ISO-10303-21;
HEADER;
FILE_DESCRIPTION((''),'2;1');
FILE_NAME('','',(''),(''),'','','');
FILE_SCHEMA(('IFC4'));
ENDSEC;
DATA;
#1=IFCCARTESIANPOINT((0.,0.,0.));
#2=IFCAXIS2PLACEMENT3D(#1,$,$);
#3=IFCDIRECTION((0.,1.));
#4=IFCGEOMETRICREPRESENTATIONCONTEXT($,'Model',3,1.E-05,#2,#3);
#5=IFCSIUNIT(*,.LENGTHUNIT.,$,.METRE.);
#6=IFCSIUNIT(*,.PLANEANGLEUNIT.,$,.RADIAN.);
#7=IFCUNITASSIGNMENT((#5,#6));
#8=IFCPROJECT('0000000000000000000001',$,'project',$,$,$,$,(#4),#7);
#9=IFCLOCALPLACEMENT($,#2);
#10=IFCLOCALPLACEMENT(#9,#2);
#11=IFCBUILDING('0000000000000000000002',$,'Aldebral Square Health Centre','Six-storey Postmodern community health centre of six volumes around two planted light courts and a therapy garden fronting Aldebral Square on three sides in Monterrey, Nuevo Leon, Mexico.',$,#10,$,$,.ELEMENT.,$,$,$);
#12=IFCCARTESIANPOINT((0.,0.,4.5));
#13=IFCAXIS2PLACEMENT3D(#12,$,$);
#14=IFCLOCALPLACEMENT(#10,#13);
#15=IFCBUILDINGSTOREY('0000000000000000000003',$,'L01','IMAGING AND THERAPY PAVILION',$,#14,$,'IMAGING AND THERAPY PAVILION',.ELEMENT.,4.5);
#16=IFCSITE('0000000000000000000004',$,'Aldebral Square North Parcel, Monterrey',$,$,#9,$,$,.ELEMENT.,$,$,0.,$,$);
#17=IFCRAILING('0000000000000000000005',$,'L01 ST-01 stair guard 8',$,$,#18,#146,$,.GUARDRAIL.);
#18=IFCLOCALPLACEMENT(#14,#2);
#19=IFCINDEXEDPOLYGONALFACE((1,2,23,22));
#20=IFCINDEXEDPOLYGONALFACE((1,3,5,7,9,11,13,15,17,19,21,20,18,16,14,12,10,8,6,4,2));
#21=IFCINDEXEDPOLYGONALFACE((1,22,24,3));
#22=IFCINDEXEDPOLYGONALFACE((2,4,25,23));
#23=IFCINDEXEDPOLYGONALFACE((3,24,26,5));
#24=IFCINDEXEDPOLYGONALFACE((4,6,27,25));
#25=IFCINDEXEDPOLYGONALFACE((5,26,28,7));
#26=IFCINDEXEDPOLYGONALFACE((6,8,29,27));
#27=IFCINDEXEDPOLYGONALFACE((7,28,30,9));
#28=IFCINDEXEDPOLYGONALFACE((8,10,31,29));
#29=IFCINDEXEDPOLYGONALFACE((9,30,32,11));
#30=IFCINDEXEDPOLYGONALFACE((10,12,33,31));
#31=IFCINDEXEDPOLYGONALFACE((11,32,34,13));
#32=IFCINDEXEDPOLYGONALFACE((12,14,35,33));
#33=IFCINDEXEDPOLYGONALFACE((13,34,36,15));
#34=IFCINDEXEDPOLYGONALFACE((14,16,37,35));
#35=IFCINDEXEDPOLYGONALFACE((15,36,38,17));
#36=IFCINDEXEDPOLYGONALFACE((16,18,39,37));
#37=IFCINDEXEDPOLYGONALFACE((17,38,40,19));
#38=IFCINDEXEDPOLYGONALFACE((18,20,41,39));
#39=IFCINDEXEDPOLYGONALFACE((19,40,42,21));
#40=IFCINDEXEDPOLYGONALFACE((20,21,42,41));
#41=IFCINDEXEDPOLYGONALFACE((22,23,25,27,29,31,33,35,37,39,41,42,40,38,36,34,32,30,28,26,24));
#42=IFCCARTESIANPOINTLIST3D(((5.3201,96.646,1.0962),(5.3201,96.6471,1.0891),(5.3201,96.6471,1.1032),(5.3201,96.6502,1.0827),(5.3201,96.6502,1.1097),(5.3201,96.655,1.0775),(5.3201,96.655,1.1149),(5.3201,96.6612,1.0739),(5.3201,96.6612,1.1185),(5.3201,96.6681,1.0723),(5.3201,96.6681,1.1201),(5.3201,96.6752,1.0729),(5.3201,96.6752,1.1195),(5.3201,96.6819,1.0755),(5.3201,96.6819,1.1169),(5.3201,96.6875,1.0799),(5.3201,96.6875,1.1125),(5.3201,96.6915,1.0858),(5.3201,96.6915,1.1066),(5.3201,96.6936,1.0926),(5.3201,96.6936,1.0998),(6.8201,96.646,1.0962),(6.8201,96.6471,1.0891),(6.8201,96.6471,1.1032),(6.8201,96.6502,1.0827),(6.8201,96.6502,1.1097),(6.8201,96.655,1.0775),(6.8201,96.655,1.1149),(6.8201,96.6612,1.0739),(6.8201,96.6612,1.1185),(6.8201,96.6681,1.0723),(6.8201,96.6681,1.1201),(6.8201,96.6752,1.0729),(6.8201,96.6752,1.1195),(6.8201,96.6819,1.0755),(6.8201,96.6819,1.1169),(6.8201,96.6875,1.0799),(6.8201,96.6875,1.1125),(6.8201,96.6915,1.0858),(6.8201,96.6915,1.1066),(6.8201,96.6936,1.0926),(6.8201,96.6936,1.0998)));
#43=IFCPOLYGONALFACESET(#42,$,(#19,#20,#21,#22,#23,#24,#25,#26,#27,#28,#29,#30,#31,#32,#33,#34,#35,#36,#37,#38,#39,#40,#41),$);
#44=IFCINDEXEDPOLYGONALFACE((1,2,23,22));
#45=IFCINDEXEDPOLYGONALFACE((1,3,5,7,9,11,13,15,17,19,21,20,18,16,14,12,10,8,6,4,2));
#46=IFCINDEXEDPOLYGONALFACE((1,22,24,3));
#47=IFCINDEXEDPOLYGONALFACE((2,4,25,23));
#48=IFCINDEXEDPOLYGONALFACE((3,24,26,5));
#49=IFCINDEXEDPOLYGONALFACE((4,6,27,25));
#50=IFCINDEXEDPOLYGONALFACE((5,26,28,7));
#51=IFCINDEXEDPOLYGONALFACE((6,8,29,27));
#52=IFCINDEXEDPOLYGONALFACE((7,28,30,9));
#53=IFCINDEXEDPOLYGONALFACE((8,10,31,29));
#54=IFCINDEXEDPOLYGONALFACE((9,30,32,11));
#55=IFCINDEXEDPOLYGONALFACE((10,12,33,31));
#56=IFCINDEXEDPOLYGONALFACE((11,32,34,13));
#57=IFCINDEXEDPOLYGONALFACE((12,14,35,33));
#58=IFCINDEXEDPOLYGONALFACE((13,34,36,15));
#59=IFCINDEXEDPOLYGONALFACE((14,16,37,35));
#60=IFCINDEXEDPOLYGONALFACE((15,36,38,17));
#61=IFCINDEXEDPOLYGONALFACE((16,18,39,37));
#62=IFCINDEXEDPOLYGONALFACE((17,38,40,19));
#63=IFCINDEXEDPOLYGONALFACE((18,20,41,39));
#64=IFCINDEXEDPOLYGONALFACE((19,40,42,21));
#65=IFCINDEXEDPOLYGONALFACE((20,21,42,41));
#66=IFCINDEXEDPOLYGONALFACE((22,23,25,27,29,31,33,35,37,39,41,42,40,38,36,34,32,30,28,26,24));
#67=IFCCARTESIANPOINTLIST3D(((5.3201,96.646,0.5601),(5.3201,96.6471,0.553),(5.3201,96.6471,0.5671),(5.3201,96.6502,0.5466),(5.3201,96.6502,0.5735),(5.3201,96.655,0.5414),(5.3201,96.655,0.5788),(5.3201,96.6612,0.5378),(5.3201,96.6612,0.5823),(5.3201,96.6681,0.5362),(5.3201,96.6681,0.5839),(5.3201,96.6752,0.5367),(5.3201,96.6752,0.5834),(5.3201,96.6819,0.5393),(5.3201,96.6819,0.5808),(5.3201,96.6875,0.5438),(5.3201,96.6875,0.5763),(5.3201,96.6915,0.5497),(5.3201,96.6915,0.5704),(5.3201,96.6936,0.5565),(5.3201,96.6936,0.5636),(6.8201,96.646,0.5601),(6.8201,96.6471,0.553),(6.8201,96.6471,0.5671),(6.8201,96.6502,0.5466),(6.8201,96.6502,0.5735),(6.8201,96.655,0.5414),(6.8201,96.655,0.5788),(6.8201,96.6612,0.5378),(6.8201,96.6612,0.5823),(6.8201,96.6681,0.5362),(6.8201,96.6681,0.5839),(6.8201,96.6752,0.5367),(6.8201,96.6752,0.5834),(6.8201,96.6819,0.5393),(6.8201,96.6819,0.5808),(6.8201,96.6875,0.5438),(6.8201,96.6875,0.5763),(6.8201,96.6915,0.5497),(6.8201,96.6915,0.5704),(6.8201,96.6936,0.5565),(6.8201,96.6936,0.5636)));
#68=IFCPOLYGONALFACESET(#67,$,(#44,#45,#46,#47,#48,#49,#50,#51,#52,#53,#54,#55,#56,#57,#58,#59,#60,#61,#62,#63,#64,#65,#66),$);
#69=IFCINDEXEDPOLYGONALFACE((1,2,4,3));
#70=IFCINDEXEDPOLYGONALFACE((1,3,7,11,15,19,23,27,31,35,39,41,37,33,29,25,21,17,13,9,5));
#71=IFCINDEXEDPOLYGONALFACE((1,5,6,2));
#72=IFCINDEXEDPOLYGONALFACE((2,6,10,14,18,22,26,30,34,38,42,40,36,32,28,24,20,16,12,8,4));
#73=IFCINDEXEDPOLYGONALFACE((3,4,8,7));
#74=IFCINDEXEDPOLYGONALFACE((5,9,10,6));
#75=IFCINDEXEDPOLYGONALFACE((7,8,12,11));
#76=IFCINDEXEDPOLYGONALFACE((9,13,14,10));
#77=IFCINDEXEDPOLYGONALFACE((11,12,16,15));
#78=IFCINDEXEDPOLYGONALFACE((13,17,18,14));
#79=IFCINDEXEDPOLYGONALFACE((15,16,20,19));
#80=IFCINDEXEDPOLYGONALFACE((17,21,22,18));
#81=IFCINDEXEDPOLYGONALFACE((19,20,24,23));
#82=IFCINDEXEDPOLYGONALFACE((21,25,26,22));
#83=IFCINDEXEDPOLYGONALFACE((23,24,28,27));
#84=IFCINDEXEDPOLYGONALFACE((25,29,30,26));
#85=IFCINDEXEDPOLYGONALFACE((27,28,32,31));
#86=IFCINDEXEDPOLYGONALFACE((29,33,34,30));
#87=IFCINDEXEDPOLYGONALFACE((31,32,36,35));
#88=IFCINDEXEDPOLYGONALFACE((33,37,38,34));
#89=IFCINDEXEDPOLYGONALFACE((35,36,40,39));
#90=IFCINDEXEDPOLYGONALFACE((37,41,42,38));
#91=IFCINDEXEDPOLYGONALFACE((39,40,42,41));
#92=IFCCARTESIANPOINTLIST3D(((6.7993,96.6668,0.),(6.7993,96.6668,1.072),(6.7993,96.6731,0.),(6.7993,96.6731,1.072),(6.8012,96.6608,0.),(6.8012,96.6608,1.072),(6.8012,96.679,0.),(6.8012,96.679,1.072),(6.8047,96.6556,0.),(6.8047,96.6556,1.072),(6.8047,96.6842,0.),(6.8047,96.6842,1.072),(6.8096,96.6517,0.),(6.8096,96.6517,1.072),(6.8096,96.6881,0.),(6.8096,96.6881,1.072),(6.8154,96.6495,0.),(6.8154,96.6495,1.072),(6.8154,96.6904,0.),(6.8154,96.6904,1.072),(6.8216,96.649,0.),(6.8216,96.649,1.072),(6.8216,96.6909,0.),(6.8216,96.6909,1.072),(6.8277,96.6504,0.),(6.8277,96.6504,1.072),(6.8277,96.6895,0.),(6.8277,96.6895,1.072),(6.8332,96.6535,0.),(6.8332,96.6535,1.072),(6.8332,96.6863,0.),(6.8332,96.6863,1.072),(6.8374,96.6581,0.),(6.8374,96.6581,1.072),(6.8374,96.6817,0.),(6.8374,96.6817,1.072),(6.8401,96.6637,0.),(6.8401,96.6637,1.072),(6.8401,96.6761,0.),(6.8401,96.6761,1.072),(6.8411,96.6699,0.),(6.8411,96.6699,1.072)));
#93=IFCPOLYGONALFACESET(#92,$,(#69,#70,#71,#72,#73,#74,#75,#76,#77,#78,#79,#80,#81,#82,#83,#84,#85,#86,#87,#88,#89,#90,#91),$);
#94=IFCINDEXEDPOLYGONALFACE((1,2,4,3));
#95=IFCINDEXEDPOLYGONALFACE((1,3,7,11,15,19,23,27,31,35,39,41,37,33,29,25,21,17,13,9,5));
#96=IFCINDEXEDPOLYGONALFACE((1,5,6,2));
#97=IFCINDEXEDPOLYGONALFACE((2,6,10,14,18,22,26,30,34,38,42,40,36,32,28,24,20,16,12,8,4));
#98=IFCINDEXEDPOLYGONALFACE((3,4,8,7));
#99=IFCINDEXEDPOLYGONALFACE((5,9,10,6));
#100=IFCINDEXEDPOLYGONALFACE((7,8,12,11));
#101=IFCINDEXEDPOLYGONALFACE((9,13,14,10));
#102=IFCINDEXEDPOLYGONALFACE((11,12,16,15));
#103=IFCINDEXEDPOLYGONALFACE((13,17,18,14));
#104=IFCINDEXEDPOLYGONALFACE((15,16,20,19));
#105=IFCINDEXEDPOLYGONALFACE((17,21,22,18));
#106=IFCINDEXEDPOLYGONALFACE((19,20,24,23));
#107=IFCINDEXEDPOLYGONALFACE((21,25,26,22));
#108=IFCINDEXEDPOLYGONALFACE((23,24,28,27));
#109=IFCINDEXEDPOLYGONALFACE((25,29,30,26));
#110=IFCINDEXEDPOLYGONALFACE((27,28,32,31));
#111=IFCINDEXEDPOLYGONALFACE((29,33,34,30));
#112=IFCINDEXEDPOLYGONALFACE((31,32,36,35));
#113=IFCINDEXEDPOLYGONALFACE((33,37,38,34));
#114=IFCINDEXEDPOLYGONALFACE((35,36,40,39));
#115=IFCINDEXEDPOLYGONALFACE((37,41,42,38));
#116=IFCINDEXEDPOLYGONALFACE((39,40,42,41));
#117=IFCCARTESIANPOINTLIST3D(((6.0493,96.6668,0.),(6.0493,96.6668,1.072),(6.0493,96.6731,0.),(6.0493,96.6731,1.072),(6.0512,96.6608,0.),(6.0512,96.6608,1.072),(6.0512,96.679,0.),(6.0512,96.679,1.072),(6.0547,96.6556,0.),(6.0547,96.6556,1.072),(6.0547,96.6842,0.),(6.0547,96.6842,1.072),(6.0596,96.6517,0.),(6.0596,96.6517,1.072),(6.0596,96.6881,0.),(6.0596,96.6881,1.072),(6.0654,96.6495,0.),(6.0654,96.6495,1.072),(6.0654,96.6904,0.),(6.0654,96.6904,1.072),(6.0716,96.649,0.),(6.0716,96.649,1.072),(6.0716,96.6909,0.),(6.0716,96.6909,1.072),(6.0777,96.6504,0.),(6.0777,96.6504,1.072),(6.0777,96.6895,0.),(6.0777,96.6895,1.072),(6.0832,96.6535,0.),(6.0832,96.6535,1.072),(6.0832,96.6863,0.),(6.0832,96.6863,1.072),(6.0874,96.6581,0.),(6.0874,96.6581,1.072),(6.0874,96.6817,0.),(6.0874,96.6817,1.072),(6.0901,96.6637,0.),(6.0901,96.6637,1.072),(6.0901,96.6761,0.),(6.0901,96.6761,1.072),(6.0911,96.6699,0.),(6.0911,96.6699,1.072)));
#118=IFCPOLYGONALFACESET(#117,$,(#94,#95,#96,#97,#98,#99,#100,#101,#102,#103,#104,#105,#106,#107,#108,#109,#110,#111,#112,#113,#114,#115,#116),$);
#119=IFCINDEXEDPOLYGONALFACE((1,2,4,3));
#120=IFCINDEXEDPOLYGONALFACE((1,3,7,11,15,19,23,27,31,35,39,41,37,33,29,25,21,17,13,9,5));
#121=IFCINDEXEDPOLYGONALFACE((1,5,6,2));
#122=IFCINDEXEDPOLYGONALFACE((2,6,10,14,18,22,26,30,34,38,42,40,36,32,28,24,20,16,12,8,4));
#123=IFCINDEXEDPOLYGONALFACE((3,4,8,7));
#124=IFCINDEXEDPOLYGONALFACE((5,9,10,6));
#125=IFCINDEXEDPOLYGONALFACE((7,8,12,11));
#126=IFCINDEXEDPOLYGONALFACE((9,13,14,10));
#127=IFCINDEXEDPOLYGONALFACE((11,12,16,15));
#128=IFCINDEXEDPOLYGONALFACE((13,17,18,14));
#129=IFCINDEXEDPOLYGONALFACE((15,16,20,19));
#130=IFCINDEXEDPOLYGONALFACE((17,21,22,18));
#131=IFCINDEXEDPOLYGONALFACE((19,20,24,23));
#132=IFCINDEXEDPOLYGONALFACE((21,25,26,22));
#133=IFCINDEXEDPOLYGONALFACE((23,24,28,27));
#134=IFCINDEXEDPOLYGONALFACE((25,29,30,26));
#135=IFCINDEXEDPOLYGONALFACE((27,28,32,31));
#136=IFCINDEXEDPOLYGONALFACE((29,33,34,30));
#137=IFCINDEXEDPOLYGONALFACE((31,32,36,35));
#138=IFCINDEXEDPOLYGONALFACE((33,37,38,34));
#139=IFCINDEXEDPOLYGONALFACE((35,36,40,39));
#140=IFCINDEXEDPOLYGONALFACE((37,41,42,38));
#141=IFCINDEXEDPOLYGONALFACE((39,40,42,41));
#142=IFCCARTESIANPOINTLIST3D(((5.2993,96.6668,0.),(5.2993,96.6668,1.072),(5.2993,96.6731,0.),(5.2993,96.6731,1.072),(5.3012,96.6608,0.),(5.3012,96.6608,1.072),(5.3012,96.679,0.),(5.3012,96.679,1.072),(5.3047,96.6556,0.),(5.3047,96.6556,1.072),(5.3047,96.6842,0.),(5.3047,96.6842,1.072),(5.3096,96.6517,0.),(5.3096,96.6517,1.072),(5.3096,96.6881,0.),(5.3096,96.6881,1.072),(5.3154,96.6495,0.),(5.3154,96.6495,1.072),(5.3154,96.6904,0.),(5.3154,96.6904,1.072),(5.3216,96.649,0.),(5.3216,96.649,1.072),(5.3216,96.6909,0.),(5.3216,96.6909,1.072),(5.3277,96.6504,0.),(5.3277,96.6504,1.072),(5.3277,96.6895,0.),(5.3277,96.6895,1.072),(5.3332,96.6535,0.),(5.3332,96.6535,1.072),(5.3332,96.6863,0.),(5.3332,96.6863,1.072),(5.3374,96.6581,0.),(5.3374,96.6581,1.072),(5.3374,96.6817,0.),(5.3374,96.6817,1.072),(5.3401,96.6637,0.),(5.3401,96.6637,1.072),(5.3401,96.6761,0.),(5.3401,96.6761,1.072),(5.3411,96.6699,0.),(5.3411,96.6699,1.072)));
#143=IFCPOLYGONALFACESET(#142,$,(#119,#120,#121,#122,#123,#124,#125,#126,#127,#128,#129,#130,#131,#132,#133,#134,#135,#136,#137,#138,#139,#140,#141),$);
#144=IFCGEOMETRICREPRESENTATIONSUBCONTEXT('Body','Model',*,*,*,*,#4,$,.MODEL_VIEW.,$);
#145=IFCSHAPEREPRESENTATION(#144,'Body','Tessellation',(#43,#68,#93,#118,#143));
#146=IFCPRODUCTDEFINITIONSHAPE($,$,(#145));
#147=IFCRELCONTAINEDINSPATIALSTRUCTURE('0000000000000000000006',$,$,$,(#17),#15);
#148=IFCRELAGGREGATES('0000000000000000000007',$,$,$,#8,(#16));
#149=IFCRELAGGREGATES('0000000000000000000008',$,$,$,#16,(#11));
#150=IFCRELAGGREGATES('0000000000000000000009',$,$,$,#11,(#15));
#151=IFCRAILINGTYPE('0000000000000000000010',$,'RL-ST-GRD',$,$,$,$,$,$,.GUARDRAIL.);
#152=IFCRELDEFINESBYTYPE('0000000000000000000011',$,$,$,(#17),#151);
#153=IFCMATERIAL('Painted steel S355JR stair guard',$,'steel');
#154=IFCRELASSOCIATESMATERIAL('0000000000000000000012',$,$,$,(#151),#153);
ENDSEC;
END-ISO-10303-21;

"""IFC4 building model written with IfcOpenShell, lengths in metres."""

from ifc_helpers import new_model, si_unit, direction, frame, origin, origin_2d, place, context, subcontext, project, spatial, circle, extrude, material, type_object, element, save


model = new_model("IFC4")

# Units and contexts
model_context = context("Model", 3, precision=1e-05, world=origin(), true_north=direction((0.0, 1.0)))
body_context = subcontext(model_context, "Body", "Model", "MODEL_VIEW")
ifc_project = project(units=[si_unit("LENGTHUNIT", "METRE"), si_unit("PLANEANGLEUNIT", "RADIAN")], contexts=[model_context])

# Site, building, storey
site_placement = place(None, origin())
site = spatial("IfcSite", under=ifc_project, at=site_placement, Name="Aldebral Square North Parcel, Monterrey", CompositionType="ELEMENT", RefElevation=0.0)
building_placement = place(site_placement, origin())
building = spatial("IfcBuilding", under=site, at=building_placement, Name="Aldebral Square Health Centre", Description="Six-storey Postmodern community health centre of six volumes around two planted light courts and a therapy garden fronting Aldebral Square on three sides in Monterrey, Nuevo Leon, Mexico.", CompositionType="ELEMENT")
storey_placement = place(building_placement, frame((0.0, 0.0, 4.5)))
storey = spatial("IfcBuildingStorey", under=building, at=storey_placement, Name="L01", Description="IMAGING AND THERAPY PAVILION", LongName="IMAGING AND THERAPY PAVILION", CompositionType="ELEMENT", Elevation=4.5)

# Railing
ifc_material_1 = material(Name="Painted steel S355JR stair guard", Category="steel")
railing_type_1 = type_object("IfcRailingType", Name="RL-ST-GRD", PredefinedType="GUARDRAIL", material=ifc_material_1)
railing_1_placement = place(storey_placement, frame((6.8201, 96.6699, 0.0)))
element("IfcRailing", 1, at=railing_1_placement, inside=storey, type_object=railing_type_1, Name="L01 ST-01 stair guard 8", PredefinedType="GUARDRAIL", context=body_context, shape_type="SweptSolid", body=[
    extrude(circle(Radius=0.0239, at=origin_2d()), frame((0.0, 0.0, 1.0962), z_axis=(-1.0, 0.0, 0.0), x_axis=(0.0, -1.0, 0.0)), (0.0, 0.0, 1.0), 1.5),
    extrude(circle(Radius=0.0239, at=origin_2d()), frame((0.0, 0.0, 0.5601), z_axis=(-1.0, 0.0, 0.0), x_axis=(0.0, -1.0, 0.0)), (0.0, 0.0, 1.0), 1.5),
    extrude(circle(Radius=0.021, at=origin_2d()), origin(), (0.0, 0.0, 1.0), 1.072),
    extrude(circle(Radius=0.021, at=origin_2d()), frame((-0.75, 0.0, 0.0)), (0.0, 0.0, 1.0), 1.072),
    extrude(circle(Radius=0.021, at=origin_2d()), frame((-1.5, 0.0, 0.0)), (0.0, 0.0, 1.0), 1.072),
])

save(model, "model.ifc")
